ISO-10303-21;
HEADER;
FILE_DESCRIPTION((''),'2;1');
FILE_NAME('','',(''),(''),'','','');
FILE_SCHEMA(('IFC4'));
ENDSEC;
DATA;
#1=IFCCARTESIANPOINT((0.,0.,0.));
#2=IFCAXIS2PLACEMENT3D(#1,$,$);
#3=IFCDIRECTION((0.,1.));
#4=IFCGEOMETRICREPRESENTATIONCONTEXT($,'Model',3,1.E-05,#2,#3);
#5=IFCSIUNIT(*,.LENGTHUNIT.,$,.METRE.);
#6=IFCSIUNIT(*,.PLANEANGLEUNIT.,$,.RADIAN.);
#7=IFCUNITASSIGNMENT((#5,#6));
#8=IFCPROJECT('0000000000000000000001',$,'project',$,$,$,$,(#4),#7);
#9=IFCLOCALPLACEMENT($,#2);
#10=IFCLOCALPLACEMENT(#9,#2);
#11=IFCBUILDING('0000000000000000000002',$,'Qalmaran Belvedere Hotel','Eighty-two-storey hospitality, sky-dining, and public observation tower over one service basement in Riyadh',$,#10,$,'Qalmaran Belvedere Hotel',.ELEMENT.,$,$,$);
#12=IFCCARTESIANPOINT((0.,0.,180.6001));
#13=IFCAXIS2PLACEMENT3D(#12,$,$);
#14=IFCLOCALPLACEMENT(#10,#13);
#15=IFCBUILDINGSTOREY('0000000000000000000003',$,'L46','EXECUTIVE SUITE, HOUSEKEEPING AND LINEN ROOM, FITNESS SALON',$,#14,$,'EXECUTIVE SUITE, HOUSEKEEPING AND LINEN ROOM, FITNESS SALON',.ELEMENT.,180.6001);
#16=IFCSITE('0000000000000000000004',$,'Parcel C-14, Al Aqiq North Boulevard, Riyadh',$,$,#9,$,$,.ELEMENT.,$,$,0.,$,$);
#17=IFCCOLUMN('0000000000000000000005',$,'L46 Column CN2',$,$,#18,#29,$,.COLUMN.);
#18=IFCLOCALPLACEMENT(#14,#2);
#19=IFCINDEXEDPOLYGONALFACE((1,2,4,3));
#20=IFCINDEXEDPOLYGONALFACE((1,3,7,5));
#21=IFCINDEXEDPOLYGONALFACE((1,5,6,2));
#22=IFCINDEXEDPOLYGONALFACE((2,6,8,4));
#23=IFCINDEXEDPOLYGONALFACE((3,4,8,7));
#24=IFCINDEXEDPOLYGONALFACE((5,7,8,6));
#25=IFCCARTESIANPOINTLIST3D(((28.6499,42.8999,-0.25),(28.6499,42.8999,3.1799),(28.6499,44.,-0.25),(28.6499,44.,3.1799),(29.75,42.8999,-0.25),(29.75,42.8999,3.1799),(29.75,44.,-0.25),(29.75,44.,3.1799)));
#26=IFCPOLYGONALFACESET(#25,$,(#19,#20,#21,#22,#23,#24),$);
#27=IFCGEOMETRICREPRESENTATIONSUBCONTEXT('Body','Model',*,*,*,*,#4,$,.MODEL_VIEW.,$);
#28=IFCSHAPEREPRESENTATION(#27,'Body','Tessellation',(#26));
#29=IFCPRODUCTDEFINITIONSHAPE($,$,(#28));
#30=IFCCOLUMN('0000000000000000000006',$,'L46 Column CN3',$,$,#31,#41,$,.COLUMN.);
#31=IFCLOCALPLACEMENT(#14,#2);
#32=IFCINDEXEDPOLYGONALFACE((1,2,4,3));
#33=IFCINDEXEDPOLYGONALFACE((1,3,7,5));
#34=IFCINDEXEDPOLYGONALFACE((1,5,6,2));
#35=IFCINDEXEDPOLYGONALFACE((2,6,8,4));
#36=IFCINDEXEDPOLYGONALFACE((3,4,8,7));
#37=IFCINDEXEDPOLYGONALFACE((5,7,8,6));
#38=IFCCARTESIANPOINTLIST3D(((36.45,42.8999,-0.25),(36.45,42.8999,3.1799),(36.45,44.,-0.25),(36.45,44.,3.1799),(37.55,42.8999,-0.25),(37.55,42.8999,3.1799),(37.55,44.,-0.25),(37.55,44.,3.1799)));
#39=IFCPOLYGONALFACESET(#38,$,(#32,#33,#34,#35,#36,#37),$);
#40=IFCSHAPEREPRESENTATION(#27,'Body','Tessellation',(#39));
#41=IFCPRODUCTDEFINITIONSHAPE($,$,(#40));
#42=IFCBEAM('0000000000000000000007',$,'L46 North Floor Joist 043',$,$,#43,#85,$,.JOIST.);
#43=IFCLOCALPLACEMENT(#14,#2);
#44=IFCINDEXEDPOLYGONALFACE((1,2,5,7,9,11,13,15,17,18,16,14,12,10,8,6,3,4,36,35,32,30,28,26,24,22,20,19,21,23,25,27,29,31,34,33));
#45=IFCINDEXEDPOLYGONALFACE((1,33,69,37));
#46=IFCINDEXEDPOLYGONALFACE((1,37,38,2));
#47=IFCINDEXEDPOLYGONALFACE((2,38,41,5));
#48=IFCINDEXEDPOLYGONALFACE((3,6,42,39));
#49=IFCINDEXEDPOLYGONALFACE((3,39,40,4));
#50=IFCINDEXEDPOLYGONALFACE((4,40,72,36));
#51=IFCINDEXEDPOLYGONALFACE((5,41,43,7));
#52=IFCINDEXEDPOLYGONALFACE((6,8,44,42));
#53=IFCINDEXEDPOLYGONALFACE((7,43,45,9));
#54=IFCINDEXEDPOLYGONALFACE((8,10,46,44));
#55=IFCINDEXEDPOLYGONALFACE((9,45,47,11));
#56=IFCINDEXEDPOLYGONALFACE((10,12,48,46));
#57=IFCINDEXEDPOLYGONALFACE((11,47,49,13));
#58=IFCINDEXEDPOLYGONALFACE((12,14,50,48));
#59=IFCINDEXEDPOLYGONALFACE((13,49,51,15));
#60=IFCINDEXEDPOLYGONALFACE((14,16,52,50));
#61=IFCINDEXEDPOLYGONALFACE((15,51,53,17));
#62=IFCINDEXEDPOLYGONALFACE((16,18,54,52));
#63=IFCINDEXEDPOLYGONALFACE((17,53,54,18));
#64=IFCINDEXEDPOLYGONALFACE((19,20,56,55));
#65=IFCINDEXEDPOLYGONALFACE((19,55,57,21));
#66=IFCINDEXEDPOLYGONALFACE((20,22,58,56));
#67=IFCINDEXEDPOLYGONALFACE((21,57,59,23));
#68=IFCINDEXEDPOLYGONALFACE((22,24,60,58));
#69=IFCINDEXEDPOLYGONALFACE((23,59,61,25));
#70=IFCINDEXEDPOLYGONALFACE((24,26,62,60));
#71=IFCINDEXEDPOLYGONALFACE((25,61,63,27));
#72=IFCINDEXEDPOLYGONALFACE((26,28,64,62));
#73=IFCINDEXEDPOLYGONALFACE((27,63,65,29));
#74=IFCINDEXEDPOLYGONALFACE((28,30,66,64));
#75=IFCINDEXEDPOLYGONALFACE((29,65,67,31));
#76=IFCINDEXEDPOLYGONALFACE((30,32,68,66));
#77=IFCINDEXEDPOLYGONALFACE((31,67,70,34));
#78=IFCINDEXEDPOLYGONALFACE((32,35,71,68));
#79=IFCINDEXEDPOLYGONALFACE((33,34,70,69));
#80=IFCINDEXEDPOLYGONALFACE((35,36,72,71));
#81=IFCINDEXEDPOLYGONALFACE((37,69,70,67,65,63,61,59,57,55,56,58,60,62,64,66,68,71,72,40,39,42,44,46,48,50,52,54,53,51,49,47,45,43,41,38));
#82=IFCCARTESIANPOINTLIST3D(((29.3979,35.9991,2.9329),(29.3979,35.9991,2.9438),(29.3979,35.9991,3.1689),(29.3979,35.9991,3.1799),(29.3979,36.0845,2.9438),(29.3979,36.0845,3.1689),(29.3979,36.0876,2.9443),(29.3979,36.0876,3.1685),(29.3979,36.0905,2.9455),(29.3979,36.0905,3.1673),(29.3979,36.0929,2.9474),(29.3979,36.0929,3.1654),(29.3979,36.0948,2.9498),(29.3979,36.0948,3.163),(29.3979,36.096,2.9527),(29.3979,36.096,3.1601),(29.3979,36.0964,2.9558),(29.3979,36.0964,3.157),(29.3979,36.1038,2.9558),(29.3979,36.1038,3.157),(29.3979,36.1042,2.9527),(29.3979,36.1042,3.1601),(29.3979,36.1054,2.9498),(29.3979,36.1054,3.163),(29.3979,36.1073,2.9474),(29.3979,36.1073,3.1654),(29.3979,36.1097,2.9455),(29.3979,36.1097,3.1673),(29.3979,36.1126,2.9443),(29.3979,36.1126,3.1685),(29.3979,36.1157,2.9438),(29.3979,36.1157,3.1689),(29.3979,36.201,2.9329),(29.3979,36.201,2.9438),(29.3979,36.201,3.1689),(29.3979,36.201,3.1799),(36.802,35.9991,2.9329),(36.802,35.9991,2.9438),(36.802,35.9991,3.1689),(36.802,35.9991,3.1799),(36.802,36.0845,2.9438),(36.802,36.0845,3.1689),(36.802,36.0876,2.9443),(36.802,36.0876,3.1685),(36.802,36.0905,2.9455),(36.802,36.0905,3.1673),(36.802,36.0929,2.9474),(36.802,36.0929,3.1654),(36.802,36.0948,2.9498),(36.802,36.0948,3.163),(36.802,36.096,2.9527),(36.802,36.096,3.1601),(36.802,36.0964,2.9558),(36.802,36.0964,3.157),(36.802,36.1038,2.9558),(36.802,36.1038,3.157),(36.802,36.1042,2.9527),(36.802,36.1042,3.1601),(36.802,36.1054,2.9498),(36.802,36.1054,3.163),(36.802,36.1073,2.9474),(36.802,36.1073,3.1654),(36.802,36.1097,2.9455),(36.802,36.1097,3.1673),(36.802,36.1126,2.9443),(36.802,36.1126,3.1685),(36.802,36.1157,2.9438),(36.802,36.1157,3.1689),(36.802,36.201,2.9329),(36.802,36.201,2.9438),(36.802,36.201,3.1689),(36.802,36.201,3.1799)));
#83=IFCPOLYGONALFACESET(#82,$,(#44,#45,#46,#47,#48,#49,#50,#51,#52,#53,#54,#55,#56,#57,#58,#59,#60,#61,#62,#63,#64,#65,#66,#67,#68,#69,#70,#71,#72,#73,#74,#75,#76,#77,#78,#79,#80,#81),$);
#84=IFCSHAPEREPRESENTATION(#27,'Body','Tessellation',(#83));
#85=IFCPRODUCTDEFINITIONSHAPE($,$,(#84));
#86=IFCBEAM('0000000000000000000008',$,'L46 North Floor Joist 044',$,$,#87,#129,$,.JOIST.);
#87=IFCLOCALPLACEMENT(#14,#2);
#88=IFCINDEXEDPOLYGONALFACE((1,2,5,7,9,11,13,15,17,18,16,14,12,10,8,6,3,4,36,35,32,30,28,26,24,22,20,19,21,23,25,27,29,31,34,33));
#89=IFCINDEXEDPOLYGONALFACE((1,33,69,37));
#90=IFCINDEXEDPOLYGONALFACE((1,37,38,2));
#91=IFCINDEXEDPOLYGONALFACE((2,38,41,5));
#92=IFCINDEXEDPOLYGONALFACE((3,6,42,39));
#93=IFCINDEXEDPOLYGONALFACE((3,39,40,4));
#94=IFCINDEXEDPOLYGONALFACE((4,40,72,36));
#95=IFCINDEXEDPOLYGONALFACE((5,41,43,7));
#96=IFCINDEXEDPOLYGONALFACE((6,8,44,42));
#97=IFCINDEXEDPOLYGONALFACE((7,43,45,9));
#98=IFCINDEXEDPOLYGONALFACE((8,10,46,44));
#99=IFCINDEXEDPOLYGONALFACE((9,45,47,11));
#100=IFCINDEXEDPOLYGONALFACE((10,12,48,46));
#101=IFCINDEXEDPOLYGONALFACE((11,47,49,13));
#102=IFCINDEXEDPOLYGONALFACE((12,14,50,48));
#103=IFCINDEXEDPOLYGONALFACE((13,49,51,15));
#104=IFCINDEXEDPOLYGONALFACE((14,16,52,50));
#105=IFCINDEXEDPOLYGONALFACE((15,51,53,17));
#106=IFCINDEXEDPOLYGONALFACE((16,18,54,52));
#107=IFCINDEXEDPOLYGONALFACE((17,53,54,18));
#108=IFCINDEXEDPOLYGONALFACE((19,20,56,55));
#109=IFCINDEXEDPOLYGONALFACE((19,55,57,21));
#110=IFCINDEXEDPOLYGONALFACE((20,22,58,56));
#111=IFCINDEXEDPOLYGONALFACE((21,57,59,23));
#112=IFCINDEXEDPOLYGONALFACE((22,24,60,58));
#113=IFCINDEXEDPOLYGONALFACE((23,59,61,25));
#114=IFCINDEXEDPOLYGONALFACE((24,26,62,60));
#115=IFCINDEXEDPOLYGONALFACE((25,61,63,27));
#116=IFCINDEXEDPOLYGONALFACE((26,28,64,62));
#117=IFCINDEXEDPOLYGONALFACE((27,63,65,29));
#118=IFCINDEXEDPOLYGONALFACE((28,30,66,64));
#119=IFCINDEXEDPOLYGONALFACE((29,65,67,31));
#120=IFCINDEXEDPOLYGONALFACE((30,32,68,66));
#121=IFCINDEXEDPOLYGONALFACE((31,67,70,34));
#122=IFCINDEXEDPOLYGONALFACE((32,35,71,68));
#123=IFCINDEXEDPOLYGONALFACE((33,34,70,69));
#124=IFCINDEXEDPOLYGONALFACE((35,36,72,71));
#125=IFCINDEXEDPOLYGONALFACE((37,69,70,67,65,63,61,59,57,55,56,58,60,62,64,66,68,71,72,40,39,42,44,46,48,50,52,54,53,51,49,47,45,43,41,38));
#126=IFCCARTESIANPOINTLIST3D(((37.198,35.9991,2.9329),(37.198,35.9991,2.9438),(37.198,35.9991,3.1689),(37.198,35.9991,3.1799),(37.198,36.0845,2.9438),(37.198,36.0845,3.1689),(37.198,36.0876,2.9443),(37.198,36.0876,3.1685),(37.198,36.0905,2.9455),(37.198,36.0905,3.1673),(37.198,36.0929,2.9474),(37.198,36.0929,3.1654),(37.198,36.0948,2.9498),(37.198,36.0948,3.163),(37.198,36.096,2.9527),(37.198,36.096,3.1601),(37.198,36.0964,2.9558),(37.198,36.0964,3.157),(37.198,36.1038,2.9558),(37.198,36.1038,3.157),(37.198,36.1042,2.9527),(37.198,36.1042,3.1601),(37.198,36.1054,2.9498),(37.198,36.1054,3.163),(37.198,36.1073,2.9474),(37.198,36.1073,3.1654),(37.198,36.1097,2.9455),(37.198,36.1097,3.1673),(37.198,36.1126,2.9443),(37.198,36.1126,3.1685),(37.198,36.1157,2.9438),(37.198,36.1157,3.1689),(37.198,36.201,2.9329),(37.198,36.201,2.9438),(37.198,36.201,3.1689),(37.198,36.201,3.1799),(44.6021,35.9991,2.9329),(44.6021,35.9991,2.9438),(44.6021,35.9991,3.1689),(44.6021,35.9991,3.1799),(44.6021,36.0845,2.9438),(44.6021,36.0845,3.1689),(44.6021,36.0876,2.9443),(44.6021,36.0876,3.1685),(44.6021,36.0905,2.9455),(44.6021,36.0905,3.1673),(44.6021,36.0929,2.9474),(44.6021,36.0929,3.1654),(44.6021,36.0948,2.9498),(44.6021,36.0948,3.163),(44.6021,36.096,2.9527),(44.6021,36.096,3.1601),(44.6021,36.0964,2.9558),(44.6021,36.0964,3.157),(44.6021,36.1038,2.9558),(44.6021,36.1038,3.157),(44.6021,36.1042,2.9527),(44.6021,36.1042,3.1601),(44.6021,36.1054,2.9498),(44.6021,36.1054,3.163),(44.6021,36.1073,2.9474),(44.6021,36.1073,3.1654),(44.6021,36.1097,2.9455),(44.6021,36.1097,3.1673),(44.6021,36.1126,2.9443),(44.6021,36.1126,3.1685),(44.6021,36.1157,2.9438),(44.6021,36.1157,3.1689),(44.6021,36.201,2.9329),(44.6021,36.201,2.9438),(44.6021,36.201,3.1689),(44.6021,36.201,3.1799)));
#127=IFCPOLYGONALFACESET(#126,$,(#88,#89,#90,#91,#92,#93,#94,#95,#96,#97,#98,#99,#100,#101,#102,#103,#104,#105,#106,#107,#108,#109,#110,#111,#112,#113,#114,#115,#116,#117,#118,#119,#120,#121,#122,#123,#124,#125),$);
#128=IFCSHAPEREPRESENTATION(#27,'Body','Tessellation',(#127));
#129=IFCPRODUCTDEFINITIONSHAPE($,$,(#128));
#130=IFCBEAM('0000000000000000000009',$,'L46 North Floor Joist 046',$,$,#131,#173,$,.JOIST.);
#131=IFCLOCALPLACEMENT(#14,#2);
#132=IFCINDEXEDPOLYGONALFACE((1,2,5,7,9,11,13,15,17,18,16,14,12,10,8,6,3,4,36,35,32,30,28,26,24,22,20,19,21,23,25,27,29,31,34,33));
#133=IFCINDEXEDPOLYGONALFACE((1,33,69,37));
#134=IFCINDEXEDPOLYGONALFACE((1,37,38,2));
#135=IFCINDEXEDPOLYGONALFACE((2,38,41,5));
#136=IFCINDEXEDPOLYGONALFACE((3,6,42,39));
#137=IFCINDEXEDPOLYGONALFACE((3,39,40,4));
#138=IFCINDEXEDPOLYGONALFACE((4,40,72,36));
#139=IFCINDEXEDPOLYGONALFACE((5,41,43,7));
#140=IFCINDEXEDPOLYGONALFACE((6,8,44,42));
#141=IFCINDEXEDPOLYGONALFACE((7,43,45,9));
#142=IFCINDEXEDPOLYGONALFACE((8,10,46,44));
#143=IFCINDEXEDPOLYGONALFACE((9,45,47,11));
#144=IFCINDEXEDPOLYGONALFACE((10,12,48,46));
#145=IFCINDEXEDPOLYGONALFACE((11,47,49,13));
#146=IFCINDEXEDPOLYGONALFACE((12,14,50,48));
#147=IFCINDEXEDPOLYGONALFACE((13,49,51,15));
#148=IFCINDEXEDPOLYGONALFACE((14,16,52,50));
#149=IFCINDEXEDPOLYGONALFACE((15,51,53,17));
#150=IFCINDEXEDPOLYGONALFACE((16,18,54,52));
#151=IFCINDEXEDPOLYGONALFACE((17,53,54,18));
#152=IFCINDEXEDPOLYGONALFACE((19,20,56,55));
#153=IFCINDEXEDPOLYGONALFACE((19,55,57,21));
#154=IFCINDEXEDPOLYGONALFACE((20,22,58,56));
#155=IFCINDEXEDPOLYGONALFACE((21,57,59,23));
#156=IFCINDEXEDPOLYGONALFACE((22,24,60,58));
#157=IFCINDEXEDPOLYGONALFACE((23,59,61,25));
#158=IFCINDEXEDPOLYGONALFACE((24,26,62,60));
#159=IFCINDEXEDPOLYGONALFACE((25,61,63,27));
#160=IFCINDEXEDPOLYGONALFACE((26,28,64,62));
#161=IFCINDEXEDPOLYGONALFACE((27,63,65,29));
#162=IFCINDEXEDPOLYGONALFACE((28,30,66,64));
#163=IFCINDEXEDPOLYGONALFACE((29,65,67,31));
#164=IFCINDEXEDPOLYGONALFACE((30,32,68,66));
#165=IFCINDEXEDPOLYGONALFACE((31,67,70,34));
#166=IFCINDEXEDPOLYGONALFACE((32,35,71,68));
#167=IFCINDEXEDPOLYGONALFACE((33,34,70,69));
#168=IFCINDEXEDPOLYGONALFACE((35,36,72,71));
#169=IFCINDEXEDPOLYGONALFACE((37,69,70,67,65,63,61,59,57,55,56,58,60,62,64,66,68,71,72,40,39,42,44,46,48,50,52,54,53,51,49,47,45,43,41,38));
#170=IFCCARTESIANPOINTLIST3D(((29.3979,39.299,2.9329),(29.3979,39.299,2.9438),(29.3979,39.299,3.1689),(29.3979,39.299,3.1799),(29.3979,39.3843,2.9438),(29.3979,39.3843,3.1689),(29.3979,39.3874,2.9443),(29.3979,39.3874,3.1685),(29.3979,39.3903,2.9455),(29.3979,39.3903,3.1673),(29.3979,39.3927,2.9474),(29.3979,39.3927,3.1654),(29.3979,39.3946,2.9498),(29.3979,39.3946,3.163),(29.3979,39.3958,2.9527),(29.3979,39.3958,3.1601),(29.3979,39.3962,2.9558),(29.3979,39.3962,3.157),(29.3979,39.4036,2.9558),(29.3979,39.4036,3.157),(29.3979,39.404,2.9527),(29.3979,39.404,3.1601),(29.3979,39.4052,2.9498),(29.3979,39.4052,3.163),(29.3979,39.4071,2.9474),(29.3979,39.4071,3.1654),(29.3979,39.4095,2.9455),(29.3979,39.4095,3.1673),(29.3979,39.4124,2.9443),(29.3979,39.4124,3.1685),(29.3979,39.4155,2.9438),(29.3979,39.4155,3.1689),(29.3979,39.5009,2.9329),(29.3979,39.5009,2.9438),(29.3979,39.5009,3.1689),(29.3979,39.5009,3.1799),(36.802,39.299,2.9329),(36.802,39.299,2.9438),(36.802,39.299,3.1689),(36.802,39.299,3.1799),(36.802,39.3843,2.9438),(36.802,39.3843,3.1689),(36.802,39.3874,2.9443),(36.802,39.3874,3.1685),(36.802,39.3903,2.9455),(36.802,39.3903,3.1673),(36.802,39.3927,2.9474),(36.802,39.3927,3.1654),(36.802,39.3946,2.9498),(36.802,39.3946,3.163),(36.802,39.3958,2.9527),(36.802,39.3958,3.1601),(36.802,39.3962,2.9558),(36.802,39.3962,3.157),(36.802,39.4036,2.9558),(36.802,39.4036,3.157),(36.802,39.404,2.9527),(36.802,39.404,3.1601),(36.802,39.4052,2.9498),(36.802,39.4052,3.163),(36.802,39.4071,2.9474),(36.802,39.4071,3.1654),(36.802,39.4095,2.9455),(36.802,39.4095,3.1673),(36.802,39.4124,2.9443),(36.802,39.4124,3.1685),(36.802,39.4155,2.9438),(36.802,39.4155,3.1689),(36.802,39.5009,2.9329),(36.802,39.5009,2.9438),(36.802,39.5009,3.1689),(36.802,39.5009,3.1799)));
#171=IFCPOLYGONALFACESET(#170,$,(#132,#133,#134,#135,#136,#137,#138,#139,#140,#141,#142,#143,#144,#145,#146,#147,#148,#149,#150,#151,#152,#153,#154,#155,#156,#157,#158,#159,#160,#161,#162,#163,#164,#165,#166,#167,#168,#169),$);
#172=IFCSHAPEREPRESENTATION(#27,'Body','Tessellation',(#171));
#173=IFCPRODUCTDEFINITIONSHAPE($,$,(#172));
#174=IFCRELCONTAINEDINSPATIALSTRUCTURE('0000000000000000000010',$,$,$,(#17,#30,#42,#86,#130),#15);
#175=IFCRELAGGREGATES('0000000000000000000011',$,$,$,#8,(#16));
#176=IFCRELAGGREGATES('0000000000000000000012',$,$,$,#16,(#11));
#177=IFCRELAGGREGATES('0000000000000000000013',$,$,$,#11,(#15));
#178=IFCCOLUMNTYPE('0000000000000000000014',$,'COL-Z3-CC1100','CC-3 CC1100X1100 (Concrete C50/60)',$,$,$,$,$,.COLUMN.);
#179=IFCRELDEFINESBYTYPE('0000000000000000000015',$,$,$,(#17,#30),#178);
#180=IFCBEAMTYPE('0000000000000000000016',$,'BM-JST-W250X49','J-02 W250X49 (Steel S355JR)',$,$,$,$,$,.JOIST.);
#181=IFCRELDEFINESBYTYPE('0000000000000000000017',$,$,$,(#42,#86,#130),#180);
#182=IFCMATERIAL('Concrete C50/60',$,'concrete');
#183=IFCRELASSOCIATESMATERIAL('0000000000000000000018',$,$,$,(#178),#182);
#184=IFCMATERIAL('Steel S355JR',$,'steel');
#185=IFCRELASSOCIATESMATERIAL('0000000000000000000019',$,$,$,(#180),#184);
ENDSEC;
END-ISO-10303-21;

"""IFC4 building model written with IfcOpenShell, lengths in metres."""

from ifc_helpers import new_model, si_unit, direction, frame, origin, origin_2d, place, context, subcontext, project, spatial, rectangle, i_section, extrude, material, material_profile, profile_set, type_object, element, save


model = new_model("IFC4")

# Units and contexts
model_context = context("Model", 3, precision=1e-05, world=origin(), true_north=direction((0.0, 1.0)))
body_context = subcontext(model_context, "Body", "Model", "MODEL_VIEW")
ifc_project = project(units=[si_unit("LENGTHUNIT", "METRE"), si_unit("PLANEANGLEUNIT", "RADIAN")], contexts=[model_context])

# Site, building, storey
site_placement = place(None, origin())
site = spatial("IfcSite", under=ifc_project, at=site_placement, Name="Parcel C-14, Al Aqiq North Boulevard, Riyadh", CompositionType="ELEMENT", RefElevation=0.0)
building_placement = place(site_placement, origin())
building = spatial("IfcBuilding", under=site, at=building_placement, Name="Qalmaran Belvedere Hotel", Description="Eighty-two-storey hospitality, sky-dining, and public observation tower over one service basement in Riyadh", LongName="Qalmaran Belvedere Hotel", CompositionType="ELEMENT")
storey_placement = place(building_placement, frame((0.0, 0.0, 180.6001)))
storey = spatial("IfcBuildingStorey", under=building, at=storey_placement, Name="L46", Description="EXECUTIVE SUITE, HOUSEKEEPING AND LINEN ROOM, FITNESS SALON", LongName="EXECUTIVE SUITE, HOUSEKEEPING AND LINEN ROOM, FITNESS SALON", CompositionType="ELEMENT", Elevation=180.6001)

# Columns
ifc_material_1 = material(Name="Concrete C50/60", Category="concrete")
ifc_material_profile_1 = material_profile(ifc_material_1, rectangle(XDim=1.1001, YDim=1.1001, at=origin_2d()), Name="CC1100X1100")
ifc_profile_set_1 = profile_set([ifc_material_profile_1], Name="Concrete C50/60")
column_type = type_object("IfcColumnType", Name="COL-Z3-CC1100", Description="CC-3 CC1100X1100 (Concrete C50/60)", PredefinedType="COLUMN", material=ifc_profile_set_1)
for number, where, z_axis, x_axis, name in (
    (1, (29.2, 43.45, -0.25), (0.0, 0.0, 1.0), (1.0, 0.0, 0.0), "L46 Column CN2"),
    (2, (37.0, 43.45, -0.25), (0.0, 0.0, 1.0), (1.0, 0.0, 0.0), "L46 Column CN3"),
):
    element("IfcColumn", number, at=place(storey_placement, frame(where, z_axis=z_axis, x_axis=x_axis)), inside=storey, type_object=column_type, Name=name, PredefinedType="COLUMN", context=body_context, shape_type="SweptSolid", body=[
        extrude(rectangle(XDim=1.1001, YDim=1.1001, at=origin_2d()), origin(), (0.0, 0.0, 1.0), 3.4299),
    ])

# Beams
ifc_material_2 = material(Name="Steel S355JR", Category="steel")
ifc_material_profile_2 = material_profile(ifc_material_2, i_section(OverallWidth=0.2019, OverallDepth=0.2471, WebThickness=0.0073, FlangeThickness=0.011, FilletRadius=0.012, at=origin_2d()), Name="W250X49")
ifc_profile_set_2 = profile_set([ifc_material_profile_2], Name="Steel S355JR")
beam_type_1 = type_object("IfcBeamType", Name="BM-JST-W250X49", Description="J-02 W250X49 (Steel S355JR)", PredefinedType="JOIST", material=ifc_profile_set_2)
for number, where, z_axis, x_axis, name in (
    (3, (29.3979, 36.1001, 3.0564), (1.0, 0.0, 0.0), (0.0, 1.0, 0.0), "L46 North Floor Joist 043"),
    (4, (37.198, 36.1001, 3.0564), (1.0, 0.0, 0.0), (0.0, 1.0, 0.0), "L46 North Floor Joist 044"),
    (5, (29.3979, 39.3999, 3.0564), (1.0, 0.0, 0.0), (0.0, 1.0, 0.0), "L46 North Floor Joist 046"),
):
    element("IfcBeam", number, at=place(storey_placement, frame(where, z_axis=z_axis, x_axis=x_axis)), inside=storey, type_object=beam_type_1, Name=name, PredefinedType="JOIST", context=body_context, shape_type="SweptSolid", body=[
        extrude(i_section(OverallWidth=0.2019, OverallDepth=0.2471, WebThickness=0.0073, FlangeThickness=0.011, FilletRadius=0.012, at=origin_2d()), origin(), (0.0, 0.0, 1.0), 7.4041),
    ])

save(model, "model.ifc")
